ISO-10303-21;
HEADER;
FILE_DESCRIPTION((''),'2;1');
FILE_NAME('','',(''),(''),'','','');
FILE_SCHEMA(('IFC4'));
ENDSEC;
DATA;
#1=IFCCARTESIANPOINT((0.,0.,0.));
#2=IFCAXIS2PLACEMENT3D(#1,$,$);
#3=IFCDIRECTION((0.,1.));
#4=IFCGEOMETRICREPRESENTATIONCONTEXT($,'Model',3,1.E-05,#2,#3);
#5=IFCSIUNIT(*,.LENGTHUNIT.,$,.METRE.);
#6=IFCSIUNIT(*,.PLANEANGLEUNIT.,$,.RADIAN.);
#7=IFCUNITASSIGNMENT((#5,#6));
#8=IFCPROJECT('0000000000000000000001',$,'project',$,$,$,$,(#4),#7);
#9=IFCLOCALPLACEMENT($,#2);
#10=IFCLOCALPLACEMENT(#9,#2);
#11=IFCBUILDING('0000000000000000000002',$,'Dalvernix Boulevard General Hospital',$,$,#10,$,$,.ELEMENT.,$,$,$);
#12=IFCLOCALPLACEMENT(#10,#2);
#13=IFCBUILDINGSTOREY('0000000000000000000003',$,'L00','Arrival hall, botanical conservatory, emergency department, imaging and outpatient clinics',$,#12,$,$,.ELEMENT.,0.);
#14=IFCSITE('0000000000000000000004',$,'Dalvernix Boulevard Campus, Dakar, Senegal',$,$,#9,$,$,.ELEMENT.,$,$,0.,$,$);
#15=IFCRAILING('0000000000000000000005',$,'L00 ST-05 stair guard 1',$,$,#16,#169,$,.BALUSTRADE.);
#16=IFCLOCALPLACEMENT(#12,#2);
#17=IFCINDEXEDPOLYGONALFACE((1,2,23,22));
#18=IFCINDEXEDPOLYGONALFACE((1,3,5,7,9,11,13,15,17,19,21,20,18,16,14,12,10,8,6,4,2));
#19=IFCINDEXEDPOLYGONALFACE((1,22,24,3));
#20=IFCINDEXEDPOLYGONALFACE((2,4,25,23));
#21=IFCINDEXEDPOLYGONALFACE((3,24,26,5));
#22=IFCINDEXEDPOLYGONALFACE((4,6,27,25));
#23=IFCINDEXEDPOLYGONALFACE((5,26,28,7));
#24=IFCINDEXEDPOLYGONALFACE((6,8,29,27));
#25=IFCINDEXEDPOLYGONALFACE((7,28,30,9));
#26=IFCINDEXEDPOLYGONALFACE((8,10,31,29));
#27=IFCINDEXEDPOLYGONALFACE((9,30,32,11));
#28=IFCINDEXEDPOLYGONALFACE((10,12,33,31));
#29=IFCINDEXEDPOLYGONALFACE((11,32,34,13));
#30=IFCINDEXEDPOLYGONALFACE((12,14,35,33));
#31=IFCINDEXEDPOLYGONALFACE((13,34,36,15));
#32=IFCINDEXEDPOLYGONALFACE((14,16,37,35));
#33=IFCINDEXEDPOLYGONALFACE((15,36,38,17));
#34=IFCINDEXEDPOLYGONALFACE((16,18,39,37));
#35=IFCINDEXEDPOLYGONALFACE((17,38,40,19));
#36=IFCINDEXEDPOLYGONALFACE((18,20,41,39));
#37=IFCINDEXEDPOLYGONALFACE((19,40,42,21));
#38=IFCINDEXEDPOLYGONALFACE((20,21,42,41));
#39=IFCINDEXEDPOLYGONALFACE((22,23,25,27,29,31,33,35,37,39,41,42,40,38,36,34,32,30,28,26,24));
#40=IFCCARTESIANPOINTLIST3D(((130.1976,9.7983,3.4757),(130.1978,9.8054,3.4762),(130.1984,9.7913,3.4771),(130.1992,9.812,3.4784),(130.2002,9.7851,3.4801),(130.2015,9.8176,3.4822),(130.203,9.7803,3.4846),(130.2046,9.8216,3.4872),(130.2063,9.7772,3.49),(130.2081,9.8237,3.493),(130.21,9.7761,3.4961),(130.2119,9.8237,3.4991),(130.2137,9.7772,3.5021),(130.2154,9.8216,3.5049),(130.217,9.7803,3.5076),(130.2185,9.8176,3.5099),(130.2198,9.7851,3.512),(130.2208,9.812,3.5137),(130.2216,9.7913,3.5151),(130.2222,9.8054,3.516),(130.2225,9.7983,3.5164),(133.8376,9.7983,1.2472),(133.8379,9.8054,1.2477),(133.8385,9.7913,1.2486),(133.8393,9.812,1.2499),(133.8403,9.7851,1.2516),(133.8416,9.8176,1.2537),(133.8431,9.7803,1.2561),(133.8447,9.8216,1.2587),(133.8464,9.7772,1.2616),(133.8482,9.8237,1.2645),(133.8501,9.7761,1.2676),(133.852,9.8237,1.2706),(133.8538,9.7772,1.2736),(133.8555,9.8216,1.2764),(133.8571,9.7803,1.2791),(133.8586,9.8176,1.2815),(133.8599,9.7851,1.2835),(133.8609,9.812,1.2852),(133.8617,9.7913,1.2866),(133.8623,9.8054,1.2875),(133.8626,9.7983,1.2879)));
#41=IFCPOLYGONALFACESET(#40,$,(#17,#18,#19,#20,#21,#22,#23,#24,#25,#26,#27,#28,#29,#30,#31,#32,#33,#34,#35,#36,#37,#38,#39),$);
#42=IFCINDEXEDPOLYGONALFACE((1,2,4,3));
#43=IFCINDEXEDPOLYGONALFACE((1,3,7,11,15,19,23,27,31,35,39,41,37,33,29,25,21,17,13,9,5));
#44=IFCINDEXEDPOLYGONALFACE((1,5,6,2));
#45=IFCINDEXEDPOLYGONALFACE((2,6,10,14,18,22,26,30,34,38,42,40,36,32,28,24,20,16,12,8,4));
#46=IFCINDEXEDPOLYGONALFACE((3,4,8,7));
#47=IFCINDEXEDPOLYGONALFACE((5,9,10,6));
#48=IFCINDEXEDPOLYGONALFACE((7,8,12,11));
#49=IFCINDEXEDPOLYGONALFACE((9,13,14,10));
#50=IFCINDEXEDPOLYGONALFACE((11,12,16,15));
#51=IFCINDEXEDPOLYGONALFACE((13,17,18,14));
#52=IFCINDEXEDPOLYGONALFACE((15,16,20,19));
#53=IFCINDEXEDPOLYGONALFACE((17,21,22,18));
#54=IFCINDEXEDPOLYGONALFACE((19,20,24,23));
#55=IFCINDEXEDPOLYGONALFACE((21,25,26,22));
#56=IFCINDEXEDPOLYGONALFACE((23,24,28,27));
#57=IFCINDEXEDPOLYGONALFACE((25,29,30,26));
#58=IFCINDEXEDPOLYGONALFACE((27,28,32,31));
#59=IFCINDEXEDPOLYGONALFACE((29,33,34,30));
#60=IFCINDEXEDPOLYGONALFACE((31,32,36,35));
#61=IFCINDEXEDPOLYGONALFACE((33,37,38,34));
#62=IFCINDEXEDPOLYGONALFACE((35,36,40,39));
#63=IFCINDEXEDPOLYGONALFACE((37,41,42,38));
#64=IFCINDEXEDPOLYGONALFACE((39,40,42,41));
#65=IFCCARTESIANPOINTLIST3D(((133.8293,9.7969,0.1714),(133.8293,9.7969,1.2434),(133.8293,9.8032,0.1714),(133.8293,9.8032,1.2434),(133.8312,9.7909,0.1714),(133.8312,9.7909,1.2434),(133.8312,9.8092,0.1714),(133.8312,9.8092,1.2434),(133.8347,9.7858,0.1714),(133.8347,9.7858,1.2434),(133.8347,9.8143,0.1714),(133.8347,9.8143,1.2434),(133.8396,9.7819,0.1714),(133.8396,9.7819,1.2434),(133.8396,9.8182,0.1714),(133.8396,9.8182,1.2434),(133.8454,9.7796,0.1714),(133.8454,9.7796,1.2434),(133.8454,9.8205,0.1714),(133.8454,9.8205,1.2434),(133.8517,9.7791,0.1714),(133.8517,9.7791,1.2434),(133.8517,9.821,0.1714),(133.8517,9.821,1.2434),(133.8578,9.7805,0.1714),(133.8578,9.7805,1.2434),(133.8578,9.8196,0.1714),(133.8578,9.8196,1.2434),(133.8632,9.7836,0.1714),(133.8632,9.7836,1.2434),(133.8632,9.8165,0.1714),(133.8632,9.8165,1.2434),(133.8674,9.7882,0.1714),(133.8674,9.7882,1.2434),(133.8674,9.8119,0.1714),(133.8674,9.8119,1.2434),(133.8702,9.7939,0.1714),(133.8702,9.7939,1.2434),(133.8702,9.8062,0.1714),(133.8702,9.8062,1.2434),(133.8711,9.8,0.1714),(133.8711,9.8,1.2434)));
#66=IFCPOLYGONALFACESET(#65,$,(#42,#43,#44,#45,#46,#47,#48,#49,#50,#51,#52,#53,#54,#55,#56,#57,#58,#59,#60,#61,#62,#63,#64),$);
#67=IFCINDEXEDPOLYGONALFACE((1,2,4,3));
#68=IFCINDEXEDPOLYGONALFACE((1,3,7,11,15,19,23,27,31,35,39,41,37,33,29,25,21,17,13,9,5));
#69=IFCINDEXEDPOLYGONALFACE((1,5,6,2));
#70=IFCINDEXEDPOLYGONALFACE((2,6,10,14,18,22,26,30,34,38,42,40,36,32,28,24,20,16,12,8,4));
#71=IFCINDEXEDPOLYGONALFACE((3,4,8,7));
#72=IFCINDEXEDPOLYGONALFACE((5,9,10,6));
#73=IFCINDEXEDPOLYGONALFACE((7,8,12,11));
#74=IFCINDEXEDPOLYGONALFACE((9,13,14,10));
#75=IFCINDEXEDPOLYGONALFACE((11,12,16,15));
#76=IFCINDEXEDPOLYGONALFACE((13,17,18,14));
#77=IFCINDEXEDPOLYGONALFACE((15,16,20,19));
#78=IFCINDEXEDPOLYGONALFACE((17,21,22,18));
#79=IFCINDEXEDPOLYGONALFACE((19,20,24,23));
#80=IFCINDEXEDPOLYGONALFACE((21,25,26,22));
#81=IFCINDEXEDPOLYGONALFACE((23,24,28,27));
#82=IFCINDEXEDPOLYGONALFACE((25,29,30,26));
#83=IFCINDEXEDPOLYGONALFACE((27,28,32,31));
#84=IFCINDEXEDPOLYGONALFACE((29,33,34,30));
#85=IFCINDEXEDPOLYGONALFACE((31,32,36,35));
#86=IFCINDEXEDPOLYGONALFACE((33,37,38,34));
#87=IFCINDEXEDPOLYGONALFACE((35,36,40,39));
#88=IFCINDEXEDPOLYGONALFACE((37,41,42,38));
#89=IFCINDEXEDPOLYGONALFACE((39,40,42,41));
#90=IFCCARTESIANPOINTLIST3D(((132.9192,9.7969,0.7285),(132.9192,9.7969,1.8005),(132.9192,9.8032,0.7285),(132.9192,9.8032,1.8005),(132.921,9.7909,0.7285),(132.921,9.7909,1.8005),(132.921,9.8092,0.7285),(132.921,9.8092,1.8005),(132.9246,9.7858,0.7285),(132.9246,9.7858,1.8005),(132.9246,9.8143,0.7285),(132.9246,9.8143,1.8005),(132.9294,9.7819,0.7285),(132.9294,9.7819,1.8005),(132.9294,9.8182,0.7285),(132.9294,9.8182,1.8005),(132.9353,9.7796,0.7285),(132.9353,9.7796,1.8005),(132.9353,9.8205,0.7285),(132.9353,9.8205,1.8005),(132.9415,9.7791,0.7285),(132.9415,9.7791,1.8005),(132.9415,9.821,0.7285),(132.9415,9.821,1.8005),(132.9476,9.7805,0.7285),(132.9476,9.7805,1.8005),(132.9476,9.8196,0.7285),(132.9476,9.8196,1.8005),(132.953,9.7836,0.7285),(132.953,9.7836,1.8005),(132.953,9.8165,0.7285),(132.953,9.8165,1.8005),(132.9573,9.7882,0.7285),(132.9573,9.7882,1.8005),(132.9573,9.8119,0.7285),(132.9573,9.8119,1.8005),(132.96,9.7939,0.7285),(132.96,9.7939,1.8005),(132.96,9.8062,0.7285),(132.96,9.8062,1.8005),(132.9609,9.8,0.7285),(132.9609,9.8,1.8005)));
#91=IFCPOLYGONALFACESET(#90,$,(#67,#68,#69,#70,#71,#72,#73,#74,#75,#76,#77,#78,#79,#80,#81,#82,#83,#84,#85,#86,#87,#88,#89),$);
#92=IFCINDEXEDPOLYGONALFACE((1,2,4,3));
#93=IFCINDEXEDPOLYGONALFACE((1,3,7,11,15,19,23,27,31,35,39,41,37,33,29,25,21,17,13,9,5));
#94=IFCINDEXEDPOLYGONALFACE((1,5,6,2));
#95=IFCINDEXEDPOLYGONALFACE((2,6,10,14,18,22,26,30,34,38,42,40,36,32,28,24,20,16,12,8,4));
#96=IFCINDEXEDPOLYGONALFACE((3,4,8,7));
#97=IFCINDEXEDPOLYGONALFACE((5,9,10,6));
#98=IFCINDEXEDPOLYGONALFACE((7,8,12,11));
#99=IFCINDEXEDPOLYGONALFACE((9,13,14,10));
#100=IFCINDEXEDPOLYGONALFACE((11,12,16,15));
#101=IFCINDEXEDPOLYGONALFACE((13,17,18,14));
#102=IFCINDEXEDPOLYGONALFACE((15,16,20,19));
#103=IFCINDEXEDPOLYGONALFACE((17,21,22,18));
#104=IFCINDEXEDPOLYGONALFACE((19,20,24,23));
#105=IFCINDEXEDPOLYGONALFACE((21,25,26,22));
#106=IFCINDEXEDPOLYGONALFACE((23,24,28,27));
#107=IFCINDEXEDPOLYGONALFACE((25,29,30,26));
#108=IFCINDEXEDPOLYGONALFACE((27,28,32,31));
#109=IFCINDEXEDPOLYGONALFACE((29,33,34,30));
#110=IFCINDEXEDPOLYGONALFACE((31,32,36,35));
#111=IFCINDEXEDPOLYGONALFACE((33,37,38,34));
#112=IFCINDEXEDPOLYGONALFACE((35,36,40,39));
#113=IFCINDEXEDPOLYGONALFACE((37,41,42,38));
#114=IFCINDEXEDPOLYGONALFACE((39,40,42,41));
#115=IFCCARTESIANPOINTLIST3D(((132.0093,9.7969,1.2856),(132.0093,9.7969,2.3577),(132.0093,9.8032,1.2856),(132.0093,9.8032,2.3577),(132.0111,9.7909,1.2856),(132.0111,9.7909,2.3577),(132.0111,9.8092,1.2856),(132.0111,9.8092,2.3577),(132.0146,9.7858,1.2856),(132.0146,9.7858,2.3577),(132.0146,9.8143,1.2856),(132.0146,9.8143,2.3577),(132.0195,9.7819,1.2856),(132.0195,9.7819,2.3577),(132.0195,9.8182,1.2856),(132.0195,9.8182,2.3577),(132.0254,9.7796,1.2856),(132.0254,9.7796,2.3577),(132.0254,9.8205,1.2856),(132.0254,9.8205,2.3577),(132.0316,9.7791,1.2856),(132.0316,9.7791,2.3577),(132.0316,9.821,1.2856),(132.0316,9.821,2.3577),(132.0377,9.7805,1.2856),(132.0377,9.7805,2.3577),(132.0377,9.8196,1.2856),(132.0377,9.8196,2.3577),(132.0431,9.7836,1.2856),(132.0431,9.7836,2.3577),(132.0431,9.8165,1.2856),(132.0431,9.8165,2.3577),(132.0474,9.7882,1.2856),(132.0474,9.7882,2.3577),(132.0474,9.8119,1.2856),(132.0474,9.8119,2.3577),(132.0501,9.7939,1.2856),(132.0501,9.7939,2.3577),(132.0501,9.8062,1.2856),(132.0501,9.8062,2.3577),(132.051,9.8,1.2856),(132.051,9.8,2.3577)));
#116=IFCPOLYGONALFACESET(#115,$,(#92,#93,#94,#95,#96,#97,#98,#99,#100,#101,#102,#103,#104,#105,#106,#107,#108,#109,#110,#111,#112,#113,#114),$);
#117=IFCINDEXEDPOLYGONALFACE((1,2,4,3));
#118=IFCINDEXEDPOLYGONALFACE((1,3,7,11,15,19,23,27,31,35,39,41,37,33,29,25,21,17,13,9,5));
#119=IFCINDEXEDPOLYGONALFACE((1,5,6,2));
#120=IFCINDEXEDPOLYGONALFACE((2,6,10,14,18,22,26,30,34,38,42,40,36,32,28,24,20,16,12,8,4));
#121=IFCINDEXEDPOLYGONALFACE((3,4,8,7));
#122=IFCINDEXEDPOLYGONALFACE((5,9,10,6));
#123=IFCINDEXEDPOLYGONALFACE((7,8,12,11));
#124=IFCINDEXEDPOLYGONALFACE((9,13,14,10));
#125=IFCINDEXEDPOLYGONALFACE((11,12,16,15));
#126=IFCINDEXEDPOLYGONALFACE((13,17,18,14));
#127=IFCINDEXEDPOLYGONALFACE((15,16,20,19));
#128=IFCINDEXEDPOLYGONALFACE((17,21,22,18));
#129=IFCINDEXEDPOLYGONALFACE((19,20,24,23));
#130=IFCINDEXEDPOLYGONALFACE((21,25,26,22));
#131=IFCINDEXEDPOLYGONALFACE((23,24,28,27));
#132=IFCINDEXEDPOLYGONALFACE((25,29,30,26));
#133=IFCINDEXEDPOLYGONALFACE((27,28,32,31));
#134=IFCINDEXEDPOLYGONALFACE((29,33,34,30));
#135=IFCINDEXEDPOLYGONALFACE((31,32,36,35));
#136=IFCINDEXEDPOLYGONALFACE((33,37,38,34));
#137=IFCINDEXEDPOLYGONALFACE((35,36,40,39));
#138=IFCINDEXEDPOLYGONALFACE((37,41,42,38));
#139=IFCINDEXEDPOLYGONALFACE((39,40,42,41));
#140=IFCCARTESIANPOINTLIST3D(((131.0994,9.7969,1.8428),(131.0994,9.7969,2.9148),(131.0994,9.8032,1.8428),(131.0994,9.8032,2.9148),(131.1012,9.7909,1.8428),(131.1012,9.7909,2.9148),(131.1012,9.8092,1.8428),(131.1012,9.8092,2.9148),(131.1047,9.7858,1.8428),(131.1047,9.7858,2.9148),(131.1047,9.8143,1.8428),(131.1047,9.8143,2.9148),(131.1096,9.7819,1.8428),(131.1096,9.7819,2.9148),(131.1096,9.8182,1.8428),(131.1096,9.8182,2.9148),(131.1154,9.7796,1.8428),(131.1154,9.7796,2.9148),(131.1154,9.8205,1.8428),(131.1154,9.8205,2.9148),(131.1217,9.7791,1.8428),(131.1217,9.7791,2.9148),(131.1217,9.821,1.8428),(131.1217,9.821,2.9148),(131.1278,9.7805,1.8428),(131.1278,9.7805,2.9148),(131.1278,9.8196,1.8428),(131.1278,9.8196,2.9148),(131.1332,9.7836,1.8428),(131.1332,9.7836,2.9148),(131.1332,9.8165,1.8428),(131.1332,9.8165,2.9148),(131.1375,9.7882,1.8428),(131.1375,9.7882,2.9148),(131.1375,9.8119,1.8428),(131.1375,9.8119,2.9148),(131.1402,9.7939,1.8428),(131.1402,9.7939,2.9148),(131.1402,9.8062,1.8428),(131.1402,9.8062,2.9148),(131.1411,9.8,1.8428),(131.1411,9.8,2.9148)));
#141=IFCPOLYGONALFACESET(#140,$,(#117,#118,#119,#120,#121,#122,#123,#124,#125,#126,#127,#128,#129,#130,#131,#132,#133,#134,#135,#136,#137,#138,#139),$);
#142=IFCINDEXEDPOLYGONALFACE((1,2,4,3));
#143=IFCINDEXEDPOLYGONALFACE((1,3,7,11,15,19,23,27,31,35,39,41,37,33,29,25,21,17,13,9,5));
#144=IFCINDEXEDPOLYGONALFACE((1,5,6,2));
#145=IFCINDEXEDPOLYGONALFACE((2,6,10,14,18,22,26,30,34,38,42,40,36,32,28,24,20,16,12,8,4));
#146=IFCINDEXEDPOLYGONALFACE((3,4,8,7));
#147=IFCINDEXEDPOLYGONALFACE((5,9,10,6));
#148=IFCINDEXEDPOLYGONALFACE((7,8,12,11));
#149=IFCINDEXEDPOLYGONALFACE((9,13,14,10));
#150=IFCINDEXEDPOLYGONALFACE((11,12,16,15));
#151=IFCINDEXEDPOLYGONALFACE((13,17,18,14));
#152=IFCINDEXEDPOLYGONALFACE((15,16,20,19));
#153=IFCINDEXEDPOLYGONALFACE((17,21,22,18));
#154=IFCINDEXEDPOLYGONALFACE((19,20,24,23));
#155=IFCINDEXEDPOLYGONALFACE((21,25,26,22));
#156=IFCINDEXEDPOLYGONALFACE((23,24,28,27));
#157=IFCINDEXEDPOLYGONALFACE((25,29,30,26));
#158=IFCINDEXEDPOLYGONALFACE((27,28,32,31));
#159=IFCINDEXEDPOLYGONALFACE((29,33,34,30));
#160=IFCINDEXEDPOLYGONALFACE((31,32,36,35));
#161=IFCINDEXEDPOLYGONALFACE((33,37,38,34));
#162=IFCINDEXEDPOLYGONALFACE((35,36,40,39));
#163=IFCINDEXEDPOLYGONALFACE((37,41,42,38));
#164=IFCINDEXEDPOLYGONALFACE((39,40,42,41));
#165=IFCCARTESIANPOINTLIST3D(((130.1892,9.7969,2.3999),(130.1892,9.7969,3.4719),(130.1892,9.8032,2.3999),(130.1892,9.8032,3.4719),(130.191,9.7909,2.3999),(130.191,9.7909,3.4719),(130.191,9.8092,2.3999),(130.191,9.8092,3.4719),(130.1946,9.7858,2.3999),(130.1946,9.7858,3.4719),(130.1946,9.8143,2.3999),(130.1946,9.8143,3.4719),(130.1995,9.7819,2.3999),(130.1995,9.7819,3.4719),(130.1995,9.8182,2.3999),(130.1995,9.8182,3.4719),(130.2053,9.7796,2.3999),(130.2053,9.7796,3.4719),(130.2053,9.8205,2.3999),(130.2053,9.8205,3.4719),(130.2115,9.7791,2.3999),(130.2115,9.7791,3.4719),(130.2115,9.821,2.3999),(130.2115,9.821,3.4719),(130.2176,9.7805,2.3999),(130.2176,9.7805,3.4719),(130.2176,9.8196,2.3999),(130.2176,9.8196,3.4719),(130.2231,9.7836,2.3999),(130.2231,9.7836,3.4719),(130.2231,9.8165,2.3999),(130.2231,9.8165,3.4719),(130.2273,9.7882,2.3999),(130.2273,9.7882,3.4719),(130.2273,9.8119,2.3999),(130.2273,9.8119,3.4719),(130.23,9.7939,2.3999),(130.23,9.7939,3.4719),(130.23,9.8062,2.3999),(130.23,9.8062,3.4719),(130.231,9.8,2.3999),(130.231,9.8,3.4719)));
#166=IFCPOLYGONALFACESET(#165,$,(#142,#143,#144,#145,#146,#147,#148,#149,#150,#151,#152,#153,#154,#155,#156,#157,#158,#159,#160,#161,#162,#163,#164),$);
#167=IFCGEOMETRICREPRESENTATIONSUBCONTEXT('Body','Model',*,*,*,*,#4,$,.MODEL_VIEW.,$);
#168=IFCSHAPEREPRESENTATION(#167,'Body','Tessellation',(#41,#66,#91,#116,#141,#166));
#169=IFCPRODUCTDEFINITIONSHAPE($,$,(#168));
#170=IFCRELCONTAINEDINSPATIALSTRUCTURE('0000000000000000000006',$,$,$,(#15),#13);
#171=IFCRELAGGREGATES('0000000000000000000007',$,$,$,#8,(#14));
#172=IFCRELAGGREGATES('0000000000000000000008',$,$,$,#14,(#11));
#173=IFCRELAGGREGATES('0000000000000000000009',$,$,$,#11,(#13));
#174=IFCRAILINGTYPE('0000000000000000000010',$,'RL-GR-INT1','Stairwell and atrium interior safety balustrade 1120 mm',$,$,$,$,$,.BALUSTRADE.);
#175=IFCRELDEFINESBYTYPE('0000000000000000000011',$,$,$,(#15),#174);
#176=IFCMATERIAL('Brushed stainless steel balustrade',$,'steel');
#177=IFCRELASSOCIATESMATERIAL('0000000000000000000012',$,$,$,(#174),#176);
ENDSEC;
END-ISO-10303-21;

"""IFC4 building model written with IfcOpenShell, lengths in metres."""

from ifc_helpers import new_model, si_unit, direction, frame, origin, origin_2d, place, context, subcontext, project, spatial, circle, extrude, material, type_object, element, save


model = new_model("IFC4")

# Units and contexts
model_context = context("Model", 3, precision=1e-05, world=origin(), true_north=direction((0.0, 1.0)))
body_context = subcontext(model_context, "Body", "Model", "MODEL_VIEW")
ifc_project = project(units=[si_unit("LENGTHUNIT", "METRE"), si_unit("PLANEANGLEUNIT", "RADIAN")], contexts=[model_context])

# Site, building, storey
site_placement = place(None, origin())
site = spatial("IfcSite", under=ifc_project, at=site_placement, Name="Dalvernix Boulevard Campus, Dakar, Senegal", CompositionType="ELEMENT", RefElevation=0.0)
building_placement = place(site_placement, origin())
building = spatial("IfcBuilding", under=site, at=building_placement, Name="Dalvernix Boulevard General Hospital", CompositionType="ELEMENT")
storey_placement = place(building_placement, origin())
storey = spatial("IfcBuildingStorey", under=building, at=storey_placement, Name="L00", Description="Arrival hall, botanical conservatory, emergency department, imaging and outpatient clinics", CompositionType="ELEMENT", Elevation=0.0)

# Railing
ifc_material_1 = material(Name="Brushed stainless steel balustrade", Category="steel")
railing_type_1 = type_object("IfcRailingType", Name="RL-GR-INT1", Description="Stairwell and atrium interior safety balustrade 1120 mm", PredefinedType="BALUSTRADE", material=ifc_material_1)
railing_1_placement = place(storey_placement, frame((133.8501, 9.8, 0.1714)))
element("IfcRailing", 1, at=railing_1_placement, inside=storey, type_object=railing_type_1, Name="L00 ST-05 stair guard 1", PredefinedType="BALUSTRADE", context=body_context, shape_type="SweptSolid", body=[
    extrude(circle(Radius=0.0239, at=origin_2d()), frame((0.0, 0.0, 1.0962), z_axis=(-0.852866, 0.0, 0.52213), x_axis=(0.0, -1.0, 0.0)), (0.0, 0.0, 1.0), 4.2681),
    extrude(circle(Radius=0.021, at=origin_2d()), origin(), (0.0, 0.0, 1.0), 1.072),
    extrude(circle(Radius=0.021, at=origin_2d()), frame((-0.9102, 0.0, 0.5571)), (0.0, 0.0, 1.0), 1.072),
    extrude(circle(Radius=0.021, at=origin_2d()), frame((-1.8201, 0.0, 1.1143)), (0.0, 0.0, 1.0), 1.072),
    extrude(circle(Radius=0.021, at=origin_2d()), frame((-2.73, 0.0, 1.6714)), (0.0, 0.0, 1.0), 1.072),
    extrude(circle(Radius=0.021, at=origin_2d()), frame((-3.6401, 0.0, 2.2285)), (0.0, 0.0, 1.0), 1.072),
])

save(model, "model.ifc")
